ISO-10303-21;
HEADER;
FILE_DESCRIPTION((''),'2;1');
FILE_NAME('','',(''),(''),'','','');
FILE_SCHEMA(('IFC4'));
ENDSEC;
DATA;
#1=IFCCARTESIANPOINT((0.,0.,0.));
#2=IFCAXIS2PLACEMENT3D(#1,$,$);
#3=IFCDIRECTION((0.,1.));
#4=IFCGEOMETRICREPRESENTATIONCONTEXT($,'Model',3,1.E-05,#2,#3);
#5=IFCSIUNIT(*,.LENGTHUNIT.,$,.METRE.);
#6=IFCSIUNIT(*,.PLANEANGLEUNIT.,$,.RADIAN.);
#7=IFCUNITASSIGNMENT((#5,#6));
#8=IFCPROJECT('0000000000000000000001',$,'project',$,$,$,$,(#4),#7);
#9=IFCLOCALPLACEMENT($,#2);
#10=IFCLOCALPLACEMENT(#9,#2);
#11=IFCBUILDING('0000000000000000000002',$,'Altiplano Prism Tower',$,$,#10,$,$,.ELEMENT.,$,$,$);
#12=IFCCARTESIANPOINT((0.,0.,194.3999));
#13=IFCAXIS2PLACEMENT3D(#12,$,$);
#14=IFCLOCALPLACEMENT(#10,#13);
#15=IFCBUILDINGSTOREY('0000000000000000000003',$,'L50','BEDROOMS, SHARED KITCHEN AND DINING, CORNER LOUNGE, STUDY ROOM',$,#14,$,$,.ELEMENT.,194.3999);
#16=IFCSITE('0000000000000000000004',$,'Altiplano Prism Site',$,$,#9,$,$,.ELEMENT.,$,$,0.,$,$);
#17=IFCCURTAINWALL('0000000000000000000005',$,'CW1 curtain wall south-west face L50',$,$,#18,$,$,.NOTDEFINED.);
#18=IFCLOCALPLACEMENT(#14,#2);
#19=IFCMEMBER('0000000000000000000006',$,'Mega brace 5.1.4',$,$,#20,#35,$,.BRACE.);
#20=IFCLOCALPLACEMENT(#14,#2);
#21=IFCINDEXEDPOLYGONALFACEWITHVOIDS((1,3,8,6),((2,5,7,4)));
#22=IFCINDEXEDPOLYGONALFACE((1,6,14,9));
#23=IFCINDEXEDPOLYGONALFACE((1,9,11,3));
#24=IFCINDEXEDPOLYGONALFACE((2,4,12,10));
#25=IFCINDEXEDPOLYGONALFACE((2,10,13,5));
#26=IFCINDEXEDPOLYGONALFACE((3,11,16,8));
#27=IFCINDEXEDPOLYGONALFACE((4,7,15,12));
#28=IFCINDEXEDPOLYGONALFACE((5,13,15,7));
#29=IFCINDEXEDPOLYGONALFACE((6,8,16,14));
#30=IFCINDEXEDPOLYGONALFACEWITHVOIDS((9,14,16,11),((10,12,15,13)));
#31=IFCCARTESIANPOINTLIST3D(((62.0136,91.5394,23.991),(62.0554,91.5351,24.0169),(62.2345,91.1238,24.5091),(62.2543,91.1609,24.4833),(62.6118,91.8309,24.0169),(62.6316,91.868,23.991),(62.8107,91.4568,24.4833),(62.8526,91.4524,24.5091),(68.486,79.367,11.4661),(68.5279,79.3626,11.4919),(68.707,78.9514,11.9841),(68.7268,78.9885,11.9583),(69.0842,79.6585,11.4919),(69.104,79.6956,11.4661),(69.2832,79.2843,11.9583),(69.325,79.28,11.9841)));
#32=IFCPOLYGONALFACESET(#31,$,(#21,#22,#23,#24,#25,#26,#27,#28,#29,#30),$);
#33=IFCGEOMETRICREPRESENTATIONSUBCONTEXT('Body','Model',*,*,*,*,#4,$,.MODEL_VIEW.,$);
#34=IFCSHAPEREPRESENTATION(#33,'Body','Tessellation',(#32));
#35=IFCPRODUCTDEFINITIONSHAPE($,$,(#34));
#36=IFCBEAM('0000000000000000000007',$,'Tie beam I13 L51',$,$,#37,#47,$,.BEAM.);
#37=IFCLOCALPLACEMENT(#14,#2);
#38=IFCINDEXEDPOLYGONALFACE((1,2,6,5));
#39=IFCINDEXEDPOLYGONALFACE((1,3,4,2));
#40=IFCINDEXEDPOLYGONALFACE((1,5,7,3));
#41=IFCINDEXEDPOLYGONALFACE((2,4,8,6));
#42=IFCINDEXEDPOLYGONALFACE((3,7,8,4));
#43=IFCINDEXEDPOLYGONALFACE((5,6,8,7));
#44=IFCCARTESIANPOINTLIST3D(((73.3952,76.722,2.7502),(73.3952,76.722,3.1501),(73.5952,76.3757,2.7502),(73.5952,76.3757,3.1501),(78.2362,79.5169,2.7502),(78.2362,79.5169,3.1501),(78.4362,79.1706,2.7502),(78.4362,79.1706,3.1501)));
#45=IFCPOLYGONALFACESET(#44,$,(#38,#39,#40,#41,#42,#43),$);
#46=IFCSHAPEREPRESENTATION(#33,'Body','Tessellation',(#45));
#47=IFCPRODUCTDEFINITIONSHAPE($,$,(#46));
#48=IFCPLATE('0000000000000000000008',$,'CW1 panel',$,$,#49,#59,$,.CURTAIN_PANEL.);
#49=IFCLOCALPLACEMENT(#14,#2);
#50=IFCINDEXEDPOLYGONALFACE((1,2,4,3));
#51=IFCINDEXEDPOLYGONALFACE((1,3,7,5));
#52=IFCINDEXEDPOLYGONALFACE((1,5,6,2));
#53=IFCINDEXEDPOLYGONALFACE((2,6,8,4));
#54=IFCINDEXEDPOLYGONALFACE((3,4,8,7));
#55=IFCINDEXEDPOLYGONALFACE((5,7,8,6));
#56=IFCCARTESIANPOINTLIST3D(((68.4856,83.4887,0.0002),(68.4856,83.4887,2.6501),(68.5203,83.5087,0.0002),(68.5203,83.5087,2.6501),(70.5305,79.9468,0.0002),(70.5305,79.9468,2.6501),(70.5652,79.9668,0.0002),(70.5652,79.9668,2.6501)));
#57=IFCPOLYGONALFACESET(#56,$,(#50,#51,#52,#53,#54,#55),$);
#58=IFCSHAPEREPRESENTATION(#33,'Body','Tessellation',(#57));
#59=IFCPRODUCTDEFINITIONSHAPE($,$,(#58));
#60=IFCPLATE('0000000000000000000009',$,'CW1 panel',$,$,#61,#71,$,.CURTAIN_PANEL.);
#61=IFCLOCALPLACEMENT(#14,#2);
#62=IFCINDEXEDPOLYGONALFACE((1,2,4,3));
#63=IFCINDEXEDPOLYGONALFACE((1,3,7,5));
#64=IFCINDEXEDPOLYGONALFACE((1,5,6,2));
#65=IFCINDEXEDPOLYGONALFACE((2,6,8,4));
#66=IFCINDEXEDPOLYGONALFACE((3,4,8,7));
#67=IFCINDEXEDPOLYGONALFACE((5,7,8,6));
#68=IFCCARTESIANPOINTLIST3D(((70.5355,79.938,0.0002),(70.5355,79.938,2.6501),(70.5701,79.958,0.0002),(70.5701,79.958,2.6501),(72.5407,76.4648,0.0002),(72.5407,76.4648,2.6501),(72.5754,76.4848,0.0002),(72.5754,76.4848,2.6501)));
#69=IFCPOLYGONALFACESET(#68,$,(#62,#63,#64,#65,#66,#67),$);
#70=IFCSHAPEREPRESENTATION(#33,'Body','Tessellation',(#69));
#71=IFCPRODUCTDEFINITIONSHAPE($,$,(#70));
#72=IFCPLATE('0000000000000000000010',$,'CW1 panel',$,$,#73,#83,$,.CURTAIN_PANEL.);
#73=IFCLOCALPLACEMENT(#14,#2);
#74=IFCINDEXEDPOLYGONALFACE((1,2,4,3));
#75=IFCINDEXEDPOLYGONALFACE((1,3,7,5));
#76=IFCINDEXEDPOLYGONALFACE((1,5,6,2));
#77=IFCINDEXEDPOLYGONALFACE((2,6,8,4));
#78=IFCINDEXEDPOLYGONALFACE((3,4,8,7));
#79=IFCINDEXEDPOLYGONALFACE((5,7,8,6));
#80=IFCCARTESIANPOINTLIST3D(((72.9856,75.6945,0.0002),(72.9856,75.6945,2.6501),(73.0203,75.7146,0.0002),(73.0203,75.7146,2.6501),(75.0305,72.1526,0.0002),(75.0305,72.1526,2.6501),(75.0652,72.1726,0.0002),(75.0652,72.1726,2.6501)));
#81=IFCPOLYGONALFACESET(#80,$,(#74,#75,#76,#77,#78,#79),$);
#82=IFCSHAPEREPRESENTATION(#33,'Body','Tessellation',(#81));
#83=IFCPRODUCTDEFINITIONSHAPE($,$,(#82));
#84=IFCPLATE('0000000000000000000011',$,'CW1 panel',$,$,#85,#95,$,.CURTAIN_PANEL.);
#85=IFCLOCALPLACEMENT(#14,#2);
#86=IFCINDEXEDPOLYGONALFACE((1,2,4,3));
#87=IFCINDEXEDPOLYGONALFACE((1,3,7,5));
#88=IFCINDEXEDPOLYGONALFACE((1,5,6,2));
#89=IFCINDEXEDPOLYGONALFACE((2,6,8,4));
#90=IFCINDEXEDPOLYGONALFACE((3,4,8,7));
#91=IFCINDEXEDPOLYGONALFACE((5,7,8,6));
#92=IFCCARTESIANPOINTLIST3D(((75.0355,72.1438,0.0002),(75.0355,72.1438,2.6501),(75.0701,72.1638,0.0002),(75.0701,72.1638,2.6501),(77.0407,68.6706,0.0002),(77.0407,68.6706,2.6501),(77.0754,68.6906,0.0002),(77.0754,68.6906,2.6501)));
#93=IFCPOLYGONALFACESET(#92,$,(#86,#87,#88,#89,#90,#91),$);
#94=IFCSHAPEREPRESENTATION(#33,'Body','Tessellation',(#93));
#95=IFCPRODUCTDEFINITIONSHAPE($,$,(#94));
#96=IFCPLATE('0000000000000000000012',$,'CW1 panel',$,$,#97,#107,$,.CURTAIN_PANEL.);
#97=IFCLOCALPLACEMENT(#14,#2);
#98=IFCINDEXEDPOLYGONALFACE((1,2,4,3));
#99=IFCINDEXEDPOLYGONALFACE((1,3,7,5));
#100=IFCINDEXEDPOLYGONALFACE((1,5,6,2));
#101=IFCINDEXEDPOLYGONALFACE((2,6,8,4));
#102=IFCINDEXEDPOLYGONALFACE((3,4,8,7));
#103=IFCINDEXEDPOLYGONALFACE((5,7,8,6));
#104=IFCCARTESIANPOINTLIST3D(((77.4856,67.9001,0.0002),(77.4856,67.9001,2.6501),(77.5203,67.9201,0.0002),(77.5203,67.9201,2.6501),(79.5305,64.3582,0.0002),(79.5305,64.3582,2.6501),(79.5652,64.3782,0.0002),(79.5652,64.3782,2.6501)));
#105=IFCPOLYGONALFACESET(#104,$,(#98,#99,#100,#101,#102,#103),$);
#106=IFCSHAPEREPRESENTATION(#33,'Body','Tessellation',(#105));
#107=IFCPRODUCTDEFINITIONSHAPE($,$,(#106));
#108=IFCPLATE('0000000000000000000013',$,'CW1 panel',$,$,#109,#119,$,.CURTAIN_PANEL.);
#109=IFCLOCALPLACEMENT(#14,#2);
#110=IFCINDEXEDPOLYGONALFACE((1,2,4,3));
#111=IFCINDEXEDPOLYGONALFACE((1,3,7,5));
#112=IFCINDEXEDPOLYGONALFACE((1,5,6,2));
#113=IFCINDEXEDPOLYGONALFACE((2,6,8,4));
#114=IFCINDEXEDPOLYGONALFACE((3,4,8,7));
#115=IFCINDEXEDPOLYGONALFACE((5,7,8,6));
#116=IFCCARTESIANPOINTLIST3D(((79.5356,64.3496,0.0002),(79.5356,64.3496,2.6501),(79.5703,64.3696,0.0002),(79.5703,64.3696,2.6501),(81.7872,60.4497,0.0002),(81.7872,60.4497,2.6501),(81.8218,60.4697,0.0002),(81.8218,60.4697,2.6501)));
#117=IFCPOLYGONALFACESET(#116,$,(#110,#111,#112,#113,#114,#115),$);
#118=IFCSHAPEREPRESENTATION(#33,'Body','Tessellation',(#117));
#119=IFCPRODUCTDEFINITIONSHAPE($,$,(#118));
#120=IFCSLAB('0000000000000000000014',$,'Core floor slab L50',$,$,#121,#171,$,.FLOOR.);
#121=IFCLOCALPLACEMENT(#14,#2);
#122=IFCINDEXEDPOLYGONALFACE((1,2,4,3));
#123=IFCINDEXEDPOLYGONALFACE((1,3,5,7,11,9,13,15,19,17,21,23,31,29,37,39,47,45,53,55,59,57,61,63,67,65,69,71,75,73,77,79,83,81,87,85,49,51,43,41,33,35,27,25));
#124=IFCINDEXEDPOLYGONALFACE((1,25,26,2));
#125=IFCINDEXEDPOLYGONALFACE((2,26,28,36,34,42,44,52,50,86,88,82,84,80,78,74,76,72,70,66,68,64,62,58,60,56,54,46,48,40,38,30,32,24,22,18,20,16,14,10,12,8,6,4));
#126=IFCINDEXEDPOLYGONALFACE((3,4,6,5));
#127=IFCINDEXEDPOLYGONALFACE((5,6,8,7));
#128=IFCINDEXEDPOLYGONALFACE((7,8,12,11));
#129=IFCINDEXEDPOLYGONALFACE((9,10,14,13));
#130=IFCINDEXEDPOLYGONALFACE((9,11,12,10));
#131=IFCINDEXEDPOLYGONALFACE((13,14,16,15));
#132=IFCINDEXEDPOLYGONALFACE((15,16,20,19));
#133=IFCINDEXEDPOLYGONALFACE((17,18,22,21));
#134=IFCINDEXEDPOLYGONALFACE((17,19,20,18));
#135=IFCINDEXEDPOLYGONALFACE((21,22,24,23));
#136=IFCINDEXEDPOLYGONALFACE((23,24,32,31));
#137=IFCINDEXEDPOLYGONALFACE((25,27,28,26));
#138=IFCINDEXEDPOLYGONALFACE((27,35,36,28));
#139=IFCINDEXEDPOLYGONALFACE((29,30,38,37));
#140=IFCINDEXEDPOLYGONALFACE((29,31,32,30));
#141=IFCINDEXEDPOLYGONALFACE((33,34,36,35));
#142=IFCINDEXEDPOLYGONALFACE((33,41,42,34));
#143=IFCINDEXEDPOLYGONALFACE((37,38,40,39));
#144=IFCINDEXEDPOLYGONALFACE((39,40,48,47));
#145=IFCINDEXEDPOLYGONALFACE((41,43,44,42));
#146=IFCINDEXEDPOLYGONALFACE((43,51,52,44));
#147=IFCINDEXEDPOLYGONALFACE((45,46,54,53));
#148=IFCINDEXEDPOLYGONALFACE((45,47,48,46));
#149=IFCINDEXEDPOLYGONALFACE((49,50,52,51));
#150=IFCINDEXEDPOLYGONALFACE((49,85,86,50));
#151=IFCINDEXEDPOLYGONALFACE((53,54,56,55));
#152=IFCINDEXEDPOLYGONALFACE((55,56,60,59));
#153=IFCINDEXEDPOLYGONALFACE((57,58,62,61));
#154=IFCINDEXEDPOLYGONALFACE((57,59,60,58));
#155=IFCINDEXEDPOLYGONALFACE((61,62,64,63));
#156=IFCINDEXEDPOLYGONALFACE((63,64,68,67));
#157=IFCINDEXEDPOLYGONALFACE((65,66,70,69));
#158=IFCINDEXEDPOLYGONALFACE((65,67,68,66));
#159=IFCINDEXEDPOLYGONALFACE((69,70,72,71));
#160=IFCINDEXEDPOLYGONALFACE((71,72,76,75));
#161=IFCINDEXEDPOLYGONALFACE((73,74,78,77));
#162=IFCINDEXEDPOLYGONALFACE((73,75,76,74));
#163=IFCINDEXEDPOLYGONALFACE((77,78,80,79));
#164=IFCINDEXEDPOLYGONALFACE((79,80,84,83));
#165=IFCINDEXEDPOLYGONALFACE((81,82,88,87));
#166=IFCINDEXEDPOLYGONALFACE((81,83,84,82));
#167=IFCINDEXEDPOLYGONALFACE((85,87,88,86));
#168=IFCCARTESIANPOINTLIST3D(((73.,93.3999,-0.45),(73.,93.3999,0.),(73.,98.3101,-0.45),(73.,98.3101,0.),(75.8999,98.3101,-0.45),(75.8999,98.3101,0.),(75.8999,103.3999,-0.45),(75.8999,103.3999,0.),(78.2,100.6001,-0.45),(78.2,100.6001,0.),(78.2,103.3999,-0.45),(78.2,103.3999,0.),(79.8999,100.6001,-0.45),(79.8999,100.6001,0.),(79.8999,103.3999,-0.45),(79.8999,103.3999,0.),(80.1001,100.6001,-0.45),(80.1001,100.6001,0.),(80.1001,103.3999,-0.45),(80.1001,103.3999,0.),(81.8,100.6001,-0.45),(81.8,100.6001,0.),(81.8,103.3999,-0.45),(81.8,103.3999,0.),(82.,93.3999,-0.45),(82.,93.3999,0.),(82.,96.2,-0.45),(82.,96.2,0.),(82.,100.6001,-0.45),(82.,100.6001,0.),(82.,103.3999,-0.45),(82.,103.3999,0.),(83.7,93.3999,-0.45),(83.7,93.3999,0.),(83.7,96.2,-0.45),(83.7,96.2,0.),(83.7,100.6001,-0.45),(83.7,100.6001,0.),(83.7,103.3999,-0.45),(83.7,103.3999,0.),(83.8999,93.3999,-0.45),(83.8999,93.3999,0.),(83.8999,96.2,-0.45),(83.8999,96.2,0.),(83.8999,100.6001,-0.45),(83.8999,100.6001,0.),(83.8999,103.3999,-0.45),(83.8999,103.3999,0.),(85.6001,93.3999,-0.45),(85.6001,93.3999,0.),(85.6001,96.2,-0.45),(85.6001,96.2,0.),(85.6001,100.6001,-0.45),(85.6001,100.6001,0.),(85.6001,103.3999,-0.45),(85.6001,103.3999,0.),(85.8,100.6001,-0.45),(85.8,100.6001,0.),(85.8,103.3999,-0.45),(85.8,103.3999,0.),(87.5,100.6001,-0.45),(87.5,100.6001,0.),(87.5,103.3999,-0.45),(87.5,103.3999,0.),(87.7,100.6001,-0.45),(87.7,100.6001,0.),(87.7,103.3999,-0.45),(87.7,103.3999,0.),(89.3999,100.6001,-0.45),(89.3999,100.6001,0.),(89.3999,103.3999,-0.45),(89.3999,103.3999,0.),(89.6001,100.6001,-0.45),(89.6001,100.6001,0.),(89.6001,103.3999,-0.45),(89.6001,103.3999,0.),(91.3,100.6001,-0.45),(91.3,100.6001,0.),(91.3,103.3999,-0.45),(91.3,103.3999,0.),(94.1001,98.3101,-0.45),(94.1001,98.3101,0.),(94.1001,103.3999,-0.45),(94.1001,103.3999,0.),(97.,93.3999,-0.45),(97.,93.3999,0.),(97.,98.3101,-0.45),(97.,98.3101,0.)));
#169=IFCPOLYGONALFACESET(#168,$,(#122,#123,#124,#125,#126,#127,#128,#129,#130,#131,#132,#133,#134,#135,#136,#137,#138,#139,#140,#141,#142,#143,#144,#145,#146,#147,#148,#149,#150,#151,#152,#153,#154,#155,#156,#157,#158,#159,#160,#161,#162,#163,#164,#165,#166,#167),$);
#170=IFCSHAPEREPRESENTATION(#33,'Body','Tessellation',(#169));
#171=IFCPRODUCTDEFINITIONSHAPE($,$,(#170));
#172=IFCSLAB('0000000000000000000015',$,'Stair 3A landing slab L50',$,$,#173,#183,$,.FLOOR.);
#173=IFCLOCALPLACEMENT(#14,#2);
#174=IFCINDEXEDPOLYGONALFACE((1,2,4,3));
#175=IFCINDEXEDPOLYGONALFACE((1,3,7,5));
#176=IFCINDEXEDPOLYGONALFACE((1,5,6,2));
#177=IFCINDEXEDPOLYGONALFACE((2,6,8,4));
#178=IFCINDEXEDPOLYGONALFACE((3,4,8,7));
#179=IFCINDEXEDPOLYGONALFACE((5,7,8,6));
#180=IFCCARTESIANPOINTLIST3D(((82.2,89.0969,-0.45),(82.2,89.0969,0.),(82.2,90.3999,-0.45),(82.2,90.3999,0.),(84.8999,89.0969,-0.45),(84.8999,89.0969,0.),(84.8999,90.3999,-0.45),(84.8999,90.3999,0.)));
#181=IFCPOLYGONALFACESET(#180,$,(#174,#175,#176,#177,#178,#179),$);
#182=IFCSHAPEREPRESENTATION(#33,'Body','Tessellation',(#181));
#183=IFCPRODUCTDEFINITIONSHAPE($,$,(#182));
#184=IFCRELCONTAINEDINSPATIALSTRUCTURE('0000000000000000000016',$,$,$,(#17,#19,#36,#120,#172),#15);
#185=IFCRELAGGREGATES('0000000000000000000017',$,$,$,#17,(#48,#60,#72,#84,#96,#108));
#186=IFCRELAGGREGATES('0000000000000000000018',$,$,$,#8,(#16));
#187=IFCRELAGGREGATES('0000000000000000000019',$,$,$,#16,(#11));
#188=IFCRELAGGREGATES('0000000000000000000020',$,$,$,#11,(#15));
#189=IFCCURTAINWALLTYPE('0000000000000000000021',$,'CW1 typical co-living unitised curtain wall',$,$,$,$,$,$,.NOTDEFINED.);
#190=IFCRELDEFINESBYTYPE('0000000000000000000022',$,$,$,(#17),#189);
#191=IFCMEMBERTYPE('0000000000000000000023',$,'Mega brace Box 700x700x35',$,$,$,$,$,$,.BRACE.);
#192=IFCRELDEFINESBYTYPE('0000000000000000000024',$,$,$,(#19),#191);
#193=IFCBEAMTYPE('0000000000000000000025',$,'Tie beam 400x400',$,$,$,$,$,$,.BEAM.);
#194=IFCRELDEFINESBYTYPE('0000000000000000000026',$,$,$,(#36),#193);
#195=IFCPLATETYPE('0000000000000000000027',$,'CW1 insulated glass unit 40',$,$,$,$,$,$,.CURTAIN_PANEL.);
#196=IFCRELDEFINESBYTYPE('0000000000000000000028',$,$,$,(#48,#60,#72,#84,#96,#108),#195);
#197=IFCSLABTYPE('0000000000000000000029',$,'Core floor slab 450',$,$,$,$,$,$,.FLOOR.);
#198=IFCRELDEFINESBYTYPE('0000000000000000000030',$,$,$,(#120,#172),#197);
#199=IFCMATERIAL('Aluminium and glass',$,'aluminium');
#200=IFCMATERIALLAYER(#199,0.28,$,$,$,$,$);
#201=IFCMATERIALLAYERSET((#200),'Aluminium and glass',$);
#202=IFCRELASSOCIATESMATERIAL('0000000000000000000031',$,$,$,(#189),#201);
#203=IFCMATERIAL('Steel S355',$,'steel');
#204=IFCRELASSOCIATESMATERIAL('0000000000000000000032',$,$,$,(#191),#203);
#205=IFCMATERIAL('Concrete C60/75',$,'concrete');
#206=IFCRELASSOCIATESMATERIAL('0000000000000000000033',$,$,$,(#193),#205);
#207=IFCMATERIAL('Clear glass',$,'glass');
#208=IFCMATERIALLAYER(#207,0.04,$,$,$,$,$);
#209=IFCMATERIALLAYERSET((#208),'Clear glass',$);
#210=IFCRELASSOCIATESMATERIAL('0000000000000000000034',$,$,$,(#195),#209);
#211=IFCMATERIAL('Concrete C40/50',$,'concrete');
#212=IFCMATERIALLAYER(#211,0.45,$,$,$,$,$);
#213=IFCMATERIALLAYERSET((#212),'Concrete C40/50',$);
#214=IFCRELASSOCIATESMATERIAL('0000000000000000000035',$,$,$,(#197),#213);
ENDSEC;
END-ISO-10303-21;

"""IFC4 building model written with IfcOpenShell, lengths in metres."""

from ifc_helpers import new_model, si_unit, direction, frame, origin, origin_2d, place, context, subcontext, project, spatial, polyline, rectangle, hollow_rectangle, outline, extrude, material, layer, layer_set, material_profile, profile_set, type_object, element, aggregate, save


model = new_model("IFC4")

# Units and contexts
model_context = context("Model", 3, precision=1e-05, world=origin(), true_north=direction((0.0, 1.0)))
body_context = subcontext(model_context, "Body", "Model", "MODEL_VIEW")
ifc_project = project(units=[si_unit("LENGTHUNIT", "METRE"), si_unit("PLANEANGLEUNIT", "RADIAN")], contexts=[model_context])

# Site, building, storey
site_placement = place(None, origin())
site = spatial("IfcSite", under=ifc_project, at=site_placement, Name="Altiplano Prism Site", CompositionType="ELEMENT", RefElevation=0.0)
building_placement = place(site_placement, origin())
building = spatial("IfcBuilding", under=site, at=building_placement, Name="Altiplano Prism Tower", CompositionType="ELEMENT")
storey_placement = place(building_placement, frame((0.0, 0.0, 194.3999)))
storey = spatial("IfcBuildingStorey", under=building, at=storey_placement, Name="L50", Description="BEDROOMS, SHARED KITCHEN AND DINING, CORNER LOUNGE, STUDY ROOM", CompositionType="ELEMENT", Elevation=194.3999)

# Shared definitions
ifc_material_1 = material(Name="Concrete C60/75", Category="concrete")

# Curtain wall
ifc_material_2 = material(Name="Aluminium and glass", Category="aluminium")
ifc_layer_1 = layer(ifc_material_2, 0.28)
ifc_layer_set_1 = layer_set([ifc_layer_1], Name="Aluminium and glass")
curtain_wall_type = type_object("IfcCurtainWallType", Name="CW1 typical co-living unitised curtain wall", PredefinedType="NOTDEFINED", material=ifc_layer_set_1)
curtain_wall_1_placement = place(storey_placement, origin())
curtain_wall_1 = element("IfcCurtainWall", 1, at=curtain_wall_1_placement, inside=storey, type_object=curtain_wall_type, Name="CW1 curtain wall south-west face L50", PredefinedType="NOTDEFINED")

# Member
ifc_material_3 = material(Name="Steel S355", Category="steel")
ifc_material_profile_1 = material_profile(ifc_material_3, hollow_rectangle(XDim=0.7, YDim=0.7, WallThickness=0.0349, at=origin_2d()), Name="Mega brace Box 700x700x35")
ifc_profile_set_1 = profile_set([ifc_material_profile_1], Name="Steel S355")
member_type_1 = type_object("IfcMemberType", Name="Mega brace Box 700x700x35", PredefinedType="BRACE", material=ifc_profile_set_1)
member_1_placement = place(storey_placement, frame((68.9055, 79.3235, 11.7251), z_axis=(-0.347491, 0.653511, 0.672438), x_axis=(-0.88294, -0.469486, 0.0)))
element("IfcMember", 2, at=member_1_placement, inside=storey, type_object=member_type_1, Name="Mega brace 5.1.4", PredefinedType="BRACE", context=body_context, shape_type="SweptSolid", body=[
    extrude(hollow_rectangle(XDim=0.7, YDim=0.7, WallThickness=0.0349, at=origin_2d()), origin(), (0.0, 0.0, 1.0), 18.6262),
])

# Beam
ifc_material_profile_2 = material_profile(ifc_material_1, rectangle(XDim=0.3999, YDim=0.3999, at=origin_2d()), Name="Tie beam 400x400")
ifc_profile_set_2 = profile_set([ifc_material_profile_2], Name="Concrete C60/75")
beam_type_1 = type_object("IfcBeamType", Name="Tie beam 400x400", PredefinedType="BEAM", material=ifc_profile_set_2)
beam_1_placement = place(storey_placement, frame((78.3362, 79.3438, 2.9502), z_axis=(-0.866031, -0.499991, 0.0), x_axis=(0.499991, -0.866031, 0.0)))
element("IfcBeam", 3, at=beam_1_placement, inside=storey, type_object=beam_type_1, Name="Tie beam I13 L51", PredefinedType="BEAM", context=body_context, shape_type="SweptSolid", body=[
    extrude(rectangle(XDim=0.3999, YDim=0.3999, at=origin_2d()), origin(), (0.0, 0.0, 1.0), 5.5898),
])

# Plates
ifc_material_4 = material(Name="Clear glass", Category="glass")
ifc_layer_2 = layer(ifc_material_4, 0.04)
ifc_layer_set_2 = layer_set([ifc_layer_2], Name="Clear glass")
plate_type = type_object("IfcPlateType", Name="CW1 insulated glass unit 40", PredefinedType="CURTAIN_PANEL", material=ifc_layer_set_2)
plate_1_placement = place(storey_placement, frame((69.5254, 81.7278, 0.0002), z_axis=(0.0, 0.0, 1.0), x_axis=(0.5, -0.866025, 0.0)))
plate_1 = element("IfcPlate", 4, at=plate_1_placement, type_object=plate_type, Name="CW1 panel", PredefinedType="CURTAIN_PANEL", context=body_context, shape_type="SweptSolid", body=[
    extrude(rectangle(XDim=4.0898, YDim=0.04, at=origin_2d()), origin(), (0.0, 0.0, 1.0), 2.6499),
])
plate_2_placement = place(storey_placement, frame((71.5554, 78.2114, 0.0002), z_axis=(0.0, 0.0, 1.0), x_axis=(0.5, -0.866025, 0.0)))
plate_2 = element("IfcPlate", 5, at=plate_2_placement, type_object=plate_type, Name="CW1 panel", PredefinedType="CURTAIN_PANEL", context=body_context, shape_type="SweptSolid", body=[
    extrude(rectangle(XDim=4.0105, YDim=0.04, at=origin_2d()), origin(), (0.0, 0.0, 1.0), 2.6499),
])
plate_3_placement = place(storey_placement, frame((74.0254, 73.9336, 0.0002), z_axis=(0.0, 0.0, 1.0), x_axis=(0.5, -0.866025, 0.0)))
plate_3 = element("IfcPlate", 6, at=plate_3_placement, type_object=plate_type, Name="CW1 panel", PredefinedType="CURTAIN_PANEL", context=body_context, shape_type="SweptSolid", body=[
    extrude(rectangle(XDim=4.0898, YDim=0.04, at=origin_2d()), origin(), (0.0, 0.0, 1.0), 2.6499),
])
plate_4_placement = place(storey_placement, frame((76.0554, 70.4172, 0.0002), z_axis=(0.0, 0.0, 1.0), x_axis=(0.5, -0.866025, 0.0)))
plate_4 = element("IfcPlate", 7, at=plate_4_placement, type_object=plate_type, Name="CW1 panel", PredefinedType="CURTAIN_PANEL", context=body_context, shape_type="SweptSolid", body=[
    extrude(rectangle(XDim=4.0105, YDim=0.04, at=origin_2d()), origin(), (0.0, 0.0, 1.0), 2.6499),
])
plate_5_placement = place(storey_placement, frame((78.5254, 66.1392, 0.0002), z_axis=(0.0, 0.0, 1.0), x_axis=(0.5, -0.866025, 0.0)))
plate_5 = element("IfcPlate", 8, at=plate_5_placement, type_object=plate_type, Name="CW1 panel", PredefinedType="CURTAIN_PANEL", context=body_context, shape_type="SweptSolid", body=[
    extrude(rectangle(XDim=4.0898, YDim=0.04, at=origin_2d()), origin(), (0.0, 0.0, 1.0), 2.6499),
])
plate_6_placement = place(storey_placement, frame((80.6787, 62.4097, 0.0002), z_axis=(0.0, 0.0, 1.0), x_axis=(0.5, -0.866025, 0.0)))
plate_6 = element("IfcPlate", 9, at=plate_6_placement, type_object=plate_type, Name="CW1 panel", PredefinedType="CURTAIN_PANEL", context=body_context, shape_type="SweptSolid", body=[
    extrude(rectangle(XDim=4.5032, YDim=0.04, at=origin_2d()), origin(), (0.0, 0.0, 1.0), 2.6499),
])
aggregate(curtain_wall_1, [plate_1, plate_2, plate_3, plate_4, plate_5, plate_6])

# Slabs
ifc_material_5 = material(Name="Concrete C40/50", Category="concrete")
ifc_layer_3 = layer(ifc_material_5, 0.45)
ifc_layer_set_3 = layer_set([ifc_layer_3], Name="Concrete C40/50")
slab_type_1 = type_object("IfcSlabType", Name="Core floor slab 450", PredefinedType="FLOOR", material=ifc_layer_set_3)
slab_1_placement = place(storey_placement, frame((0.0, 0.0, -0.45)))
element("IfcSlab", 10, at=slab_1_placement, inside=storey, type_object=slab_type_1, Name="Core floor slab L50", PredefinedType="FLOOR", context=body_context, shape_type="SweptSolid", body=[
    extrude(outline(polyline([(97.0, 98.3101), (94.1001, 98.3101), (94.1001, 103.3999), (91.3, 103.3999), (91.3, 100.6001), (89.6001, 100.6001), (89.6001, 103.3999), (89.3999, 103.3999), (89.3999, 100.6001), (87.7, 100.6001), (87.7, 103.3999), (87.5, 103.3999), (87.5, 100.6001), (85.8, 100.6001), (85.8, 103.3999), (85.6001, 103.3999), (85.6001, 100.6001), (83.8999, 100.6001), (83.8999, 103.3999), (83.7, 103.3999), (83.7, 100.6001), (82.0, 100.6001), (82.0, 103.3999), (81.8, 103.3999), (81.8, 100.6001), (80.1001, 100.6001), (80.1001, 103.3999), (79.8999, 103.3999), (79.8999, 100.6001), (78.2, 100.6001), (78.2, 103.3999), (75.8999, 103.3999), (75.8999, 98.3101), (73.0, 98.3101), (73.0, 93.3999), (82.0, 93.3999), (82.0, 96.2), (83.7, 96.2), (83.7, 93.3999), (83.8999, 93.3999), (83.8999, 96.2), (85.6001, 96.2), (85.6001, 93.3999), (97.0, 93.3999), (97.0, 98.3101)])), origin(), (0.0, 0.0, 1.0), 0.45),
])
slab_2_placement = place(storey_placement, frame((0.0, 0.0, -0.45)))
element("IfcSlab", 11, at=slab_2_placement, inside=storey, type_object=slab_type_1, Name="Stair 3A landing slab L50", PredefinedType="FLOOR", context=body_context, shape_type="SweptSolid", body=[
    extrude(outline(polyline([(82.2, 89.0969), (84.8999, 89.0969), (84.8999, 90.3999), (82.2, 90.3999), (82.2, 89.0969)])), origin(), (0.0, 0.0, 1.0), 0.45),
])

save(model, "model.ifc")
